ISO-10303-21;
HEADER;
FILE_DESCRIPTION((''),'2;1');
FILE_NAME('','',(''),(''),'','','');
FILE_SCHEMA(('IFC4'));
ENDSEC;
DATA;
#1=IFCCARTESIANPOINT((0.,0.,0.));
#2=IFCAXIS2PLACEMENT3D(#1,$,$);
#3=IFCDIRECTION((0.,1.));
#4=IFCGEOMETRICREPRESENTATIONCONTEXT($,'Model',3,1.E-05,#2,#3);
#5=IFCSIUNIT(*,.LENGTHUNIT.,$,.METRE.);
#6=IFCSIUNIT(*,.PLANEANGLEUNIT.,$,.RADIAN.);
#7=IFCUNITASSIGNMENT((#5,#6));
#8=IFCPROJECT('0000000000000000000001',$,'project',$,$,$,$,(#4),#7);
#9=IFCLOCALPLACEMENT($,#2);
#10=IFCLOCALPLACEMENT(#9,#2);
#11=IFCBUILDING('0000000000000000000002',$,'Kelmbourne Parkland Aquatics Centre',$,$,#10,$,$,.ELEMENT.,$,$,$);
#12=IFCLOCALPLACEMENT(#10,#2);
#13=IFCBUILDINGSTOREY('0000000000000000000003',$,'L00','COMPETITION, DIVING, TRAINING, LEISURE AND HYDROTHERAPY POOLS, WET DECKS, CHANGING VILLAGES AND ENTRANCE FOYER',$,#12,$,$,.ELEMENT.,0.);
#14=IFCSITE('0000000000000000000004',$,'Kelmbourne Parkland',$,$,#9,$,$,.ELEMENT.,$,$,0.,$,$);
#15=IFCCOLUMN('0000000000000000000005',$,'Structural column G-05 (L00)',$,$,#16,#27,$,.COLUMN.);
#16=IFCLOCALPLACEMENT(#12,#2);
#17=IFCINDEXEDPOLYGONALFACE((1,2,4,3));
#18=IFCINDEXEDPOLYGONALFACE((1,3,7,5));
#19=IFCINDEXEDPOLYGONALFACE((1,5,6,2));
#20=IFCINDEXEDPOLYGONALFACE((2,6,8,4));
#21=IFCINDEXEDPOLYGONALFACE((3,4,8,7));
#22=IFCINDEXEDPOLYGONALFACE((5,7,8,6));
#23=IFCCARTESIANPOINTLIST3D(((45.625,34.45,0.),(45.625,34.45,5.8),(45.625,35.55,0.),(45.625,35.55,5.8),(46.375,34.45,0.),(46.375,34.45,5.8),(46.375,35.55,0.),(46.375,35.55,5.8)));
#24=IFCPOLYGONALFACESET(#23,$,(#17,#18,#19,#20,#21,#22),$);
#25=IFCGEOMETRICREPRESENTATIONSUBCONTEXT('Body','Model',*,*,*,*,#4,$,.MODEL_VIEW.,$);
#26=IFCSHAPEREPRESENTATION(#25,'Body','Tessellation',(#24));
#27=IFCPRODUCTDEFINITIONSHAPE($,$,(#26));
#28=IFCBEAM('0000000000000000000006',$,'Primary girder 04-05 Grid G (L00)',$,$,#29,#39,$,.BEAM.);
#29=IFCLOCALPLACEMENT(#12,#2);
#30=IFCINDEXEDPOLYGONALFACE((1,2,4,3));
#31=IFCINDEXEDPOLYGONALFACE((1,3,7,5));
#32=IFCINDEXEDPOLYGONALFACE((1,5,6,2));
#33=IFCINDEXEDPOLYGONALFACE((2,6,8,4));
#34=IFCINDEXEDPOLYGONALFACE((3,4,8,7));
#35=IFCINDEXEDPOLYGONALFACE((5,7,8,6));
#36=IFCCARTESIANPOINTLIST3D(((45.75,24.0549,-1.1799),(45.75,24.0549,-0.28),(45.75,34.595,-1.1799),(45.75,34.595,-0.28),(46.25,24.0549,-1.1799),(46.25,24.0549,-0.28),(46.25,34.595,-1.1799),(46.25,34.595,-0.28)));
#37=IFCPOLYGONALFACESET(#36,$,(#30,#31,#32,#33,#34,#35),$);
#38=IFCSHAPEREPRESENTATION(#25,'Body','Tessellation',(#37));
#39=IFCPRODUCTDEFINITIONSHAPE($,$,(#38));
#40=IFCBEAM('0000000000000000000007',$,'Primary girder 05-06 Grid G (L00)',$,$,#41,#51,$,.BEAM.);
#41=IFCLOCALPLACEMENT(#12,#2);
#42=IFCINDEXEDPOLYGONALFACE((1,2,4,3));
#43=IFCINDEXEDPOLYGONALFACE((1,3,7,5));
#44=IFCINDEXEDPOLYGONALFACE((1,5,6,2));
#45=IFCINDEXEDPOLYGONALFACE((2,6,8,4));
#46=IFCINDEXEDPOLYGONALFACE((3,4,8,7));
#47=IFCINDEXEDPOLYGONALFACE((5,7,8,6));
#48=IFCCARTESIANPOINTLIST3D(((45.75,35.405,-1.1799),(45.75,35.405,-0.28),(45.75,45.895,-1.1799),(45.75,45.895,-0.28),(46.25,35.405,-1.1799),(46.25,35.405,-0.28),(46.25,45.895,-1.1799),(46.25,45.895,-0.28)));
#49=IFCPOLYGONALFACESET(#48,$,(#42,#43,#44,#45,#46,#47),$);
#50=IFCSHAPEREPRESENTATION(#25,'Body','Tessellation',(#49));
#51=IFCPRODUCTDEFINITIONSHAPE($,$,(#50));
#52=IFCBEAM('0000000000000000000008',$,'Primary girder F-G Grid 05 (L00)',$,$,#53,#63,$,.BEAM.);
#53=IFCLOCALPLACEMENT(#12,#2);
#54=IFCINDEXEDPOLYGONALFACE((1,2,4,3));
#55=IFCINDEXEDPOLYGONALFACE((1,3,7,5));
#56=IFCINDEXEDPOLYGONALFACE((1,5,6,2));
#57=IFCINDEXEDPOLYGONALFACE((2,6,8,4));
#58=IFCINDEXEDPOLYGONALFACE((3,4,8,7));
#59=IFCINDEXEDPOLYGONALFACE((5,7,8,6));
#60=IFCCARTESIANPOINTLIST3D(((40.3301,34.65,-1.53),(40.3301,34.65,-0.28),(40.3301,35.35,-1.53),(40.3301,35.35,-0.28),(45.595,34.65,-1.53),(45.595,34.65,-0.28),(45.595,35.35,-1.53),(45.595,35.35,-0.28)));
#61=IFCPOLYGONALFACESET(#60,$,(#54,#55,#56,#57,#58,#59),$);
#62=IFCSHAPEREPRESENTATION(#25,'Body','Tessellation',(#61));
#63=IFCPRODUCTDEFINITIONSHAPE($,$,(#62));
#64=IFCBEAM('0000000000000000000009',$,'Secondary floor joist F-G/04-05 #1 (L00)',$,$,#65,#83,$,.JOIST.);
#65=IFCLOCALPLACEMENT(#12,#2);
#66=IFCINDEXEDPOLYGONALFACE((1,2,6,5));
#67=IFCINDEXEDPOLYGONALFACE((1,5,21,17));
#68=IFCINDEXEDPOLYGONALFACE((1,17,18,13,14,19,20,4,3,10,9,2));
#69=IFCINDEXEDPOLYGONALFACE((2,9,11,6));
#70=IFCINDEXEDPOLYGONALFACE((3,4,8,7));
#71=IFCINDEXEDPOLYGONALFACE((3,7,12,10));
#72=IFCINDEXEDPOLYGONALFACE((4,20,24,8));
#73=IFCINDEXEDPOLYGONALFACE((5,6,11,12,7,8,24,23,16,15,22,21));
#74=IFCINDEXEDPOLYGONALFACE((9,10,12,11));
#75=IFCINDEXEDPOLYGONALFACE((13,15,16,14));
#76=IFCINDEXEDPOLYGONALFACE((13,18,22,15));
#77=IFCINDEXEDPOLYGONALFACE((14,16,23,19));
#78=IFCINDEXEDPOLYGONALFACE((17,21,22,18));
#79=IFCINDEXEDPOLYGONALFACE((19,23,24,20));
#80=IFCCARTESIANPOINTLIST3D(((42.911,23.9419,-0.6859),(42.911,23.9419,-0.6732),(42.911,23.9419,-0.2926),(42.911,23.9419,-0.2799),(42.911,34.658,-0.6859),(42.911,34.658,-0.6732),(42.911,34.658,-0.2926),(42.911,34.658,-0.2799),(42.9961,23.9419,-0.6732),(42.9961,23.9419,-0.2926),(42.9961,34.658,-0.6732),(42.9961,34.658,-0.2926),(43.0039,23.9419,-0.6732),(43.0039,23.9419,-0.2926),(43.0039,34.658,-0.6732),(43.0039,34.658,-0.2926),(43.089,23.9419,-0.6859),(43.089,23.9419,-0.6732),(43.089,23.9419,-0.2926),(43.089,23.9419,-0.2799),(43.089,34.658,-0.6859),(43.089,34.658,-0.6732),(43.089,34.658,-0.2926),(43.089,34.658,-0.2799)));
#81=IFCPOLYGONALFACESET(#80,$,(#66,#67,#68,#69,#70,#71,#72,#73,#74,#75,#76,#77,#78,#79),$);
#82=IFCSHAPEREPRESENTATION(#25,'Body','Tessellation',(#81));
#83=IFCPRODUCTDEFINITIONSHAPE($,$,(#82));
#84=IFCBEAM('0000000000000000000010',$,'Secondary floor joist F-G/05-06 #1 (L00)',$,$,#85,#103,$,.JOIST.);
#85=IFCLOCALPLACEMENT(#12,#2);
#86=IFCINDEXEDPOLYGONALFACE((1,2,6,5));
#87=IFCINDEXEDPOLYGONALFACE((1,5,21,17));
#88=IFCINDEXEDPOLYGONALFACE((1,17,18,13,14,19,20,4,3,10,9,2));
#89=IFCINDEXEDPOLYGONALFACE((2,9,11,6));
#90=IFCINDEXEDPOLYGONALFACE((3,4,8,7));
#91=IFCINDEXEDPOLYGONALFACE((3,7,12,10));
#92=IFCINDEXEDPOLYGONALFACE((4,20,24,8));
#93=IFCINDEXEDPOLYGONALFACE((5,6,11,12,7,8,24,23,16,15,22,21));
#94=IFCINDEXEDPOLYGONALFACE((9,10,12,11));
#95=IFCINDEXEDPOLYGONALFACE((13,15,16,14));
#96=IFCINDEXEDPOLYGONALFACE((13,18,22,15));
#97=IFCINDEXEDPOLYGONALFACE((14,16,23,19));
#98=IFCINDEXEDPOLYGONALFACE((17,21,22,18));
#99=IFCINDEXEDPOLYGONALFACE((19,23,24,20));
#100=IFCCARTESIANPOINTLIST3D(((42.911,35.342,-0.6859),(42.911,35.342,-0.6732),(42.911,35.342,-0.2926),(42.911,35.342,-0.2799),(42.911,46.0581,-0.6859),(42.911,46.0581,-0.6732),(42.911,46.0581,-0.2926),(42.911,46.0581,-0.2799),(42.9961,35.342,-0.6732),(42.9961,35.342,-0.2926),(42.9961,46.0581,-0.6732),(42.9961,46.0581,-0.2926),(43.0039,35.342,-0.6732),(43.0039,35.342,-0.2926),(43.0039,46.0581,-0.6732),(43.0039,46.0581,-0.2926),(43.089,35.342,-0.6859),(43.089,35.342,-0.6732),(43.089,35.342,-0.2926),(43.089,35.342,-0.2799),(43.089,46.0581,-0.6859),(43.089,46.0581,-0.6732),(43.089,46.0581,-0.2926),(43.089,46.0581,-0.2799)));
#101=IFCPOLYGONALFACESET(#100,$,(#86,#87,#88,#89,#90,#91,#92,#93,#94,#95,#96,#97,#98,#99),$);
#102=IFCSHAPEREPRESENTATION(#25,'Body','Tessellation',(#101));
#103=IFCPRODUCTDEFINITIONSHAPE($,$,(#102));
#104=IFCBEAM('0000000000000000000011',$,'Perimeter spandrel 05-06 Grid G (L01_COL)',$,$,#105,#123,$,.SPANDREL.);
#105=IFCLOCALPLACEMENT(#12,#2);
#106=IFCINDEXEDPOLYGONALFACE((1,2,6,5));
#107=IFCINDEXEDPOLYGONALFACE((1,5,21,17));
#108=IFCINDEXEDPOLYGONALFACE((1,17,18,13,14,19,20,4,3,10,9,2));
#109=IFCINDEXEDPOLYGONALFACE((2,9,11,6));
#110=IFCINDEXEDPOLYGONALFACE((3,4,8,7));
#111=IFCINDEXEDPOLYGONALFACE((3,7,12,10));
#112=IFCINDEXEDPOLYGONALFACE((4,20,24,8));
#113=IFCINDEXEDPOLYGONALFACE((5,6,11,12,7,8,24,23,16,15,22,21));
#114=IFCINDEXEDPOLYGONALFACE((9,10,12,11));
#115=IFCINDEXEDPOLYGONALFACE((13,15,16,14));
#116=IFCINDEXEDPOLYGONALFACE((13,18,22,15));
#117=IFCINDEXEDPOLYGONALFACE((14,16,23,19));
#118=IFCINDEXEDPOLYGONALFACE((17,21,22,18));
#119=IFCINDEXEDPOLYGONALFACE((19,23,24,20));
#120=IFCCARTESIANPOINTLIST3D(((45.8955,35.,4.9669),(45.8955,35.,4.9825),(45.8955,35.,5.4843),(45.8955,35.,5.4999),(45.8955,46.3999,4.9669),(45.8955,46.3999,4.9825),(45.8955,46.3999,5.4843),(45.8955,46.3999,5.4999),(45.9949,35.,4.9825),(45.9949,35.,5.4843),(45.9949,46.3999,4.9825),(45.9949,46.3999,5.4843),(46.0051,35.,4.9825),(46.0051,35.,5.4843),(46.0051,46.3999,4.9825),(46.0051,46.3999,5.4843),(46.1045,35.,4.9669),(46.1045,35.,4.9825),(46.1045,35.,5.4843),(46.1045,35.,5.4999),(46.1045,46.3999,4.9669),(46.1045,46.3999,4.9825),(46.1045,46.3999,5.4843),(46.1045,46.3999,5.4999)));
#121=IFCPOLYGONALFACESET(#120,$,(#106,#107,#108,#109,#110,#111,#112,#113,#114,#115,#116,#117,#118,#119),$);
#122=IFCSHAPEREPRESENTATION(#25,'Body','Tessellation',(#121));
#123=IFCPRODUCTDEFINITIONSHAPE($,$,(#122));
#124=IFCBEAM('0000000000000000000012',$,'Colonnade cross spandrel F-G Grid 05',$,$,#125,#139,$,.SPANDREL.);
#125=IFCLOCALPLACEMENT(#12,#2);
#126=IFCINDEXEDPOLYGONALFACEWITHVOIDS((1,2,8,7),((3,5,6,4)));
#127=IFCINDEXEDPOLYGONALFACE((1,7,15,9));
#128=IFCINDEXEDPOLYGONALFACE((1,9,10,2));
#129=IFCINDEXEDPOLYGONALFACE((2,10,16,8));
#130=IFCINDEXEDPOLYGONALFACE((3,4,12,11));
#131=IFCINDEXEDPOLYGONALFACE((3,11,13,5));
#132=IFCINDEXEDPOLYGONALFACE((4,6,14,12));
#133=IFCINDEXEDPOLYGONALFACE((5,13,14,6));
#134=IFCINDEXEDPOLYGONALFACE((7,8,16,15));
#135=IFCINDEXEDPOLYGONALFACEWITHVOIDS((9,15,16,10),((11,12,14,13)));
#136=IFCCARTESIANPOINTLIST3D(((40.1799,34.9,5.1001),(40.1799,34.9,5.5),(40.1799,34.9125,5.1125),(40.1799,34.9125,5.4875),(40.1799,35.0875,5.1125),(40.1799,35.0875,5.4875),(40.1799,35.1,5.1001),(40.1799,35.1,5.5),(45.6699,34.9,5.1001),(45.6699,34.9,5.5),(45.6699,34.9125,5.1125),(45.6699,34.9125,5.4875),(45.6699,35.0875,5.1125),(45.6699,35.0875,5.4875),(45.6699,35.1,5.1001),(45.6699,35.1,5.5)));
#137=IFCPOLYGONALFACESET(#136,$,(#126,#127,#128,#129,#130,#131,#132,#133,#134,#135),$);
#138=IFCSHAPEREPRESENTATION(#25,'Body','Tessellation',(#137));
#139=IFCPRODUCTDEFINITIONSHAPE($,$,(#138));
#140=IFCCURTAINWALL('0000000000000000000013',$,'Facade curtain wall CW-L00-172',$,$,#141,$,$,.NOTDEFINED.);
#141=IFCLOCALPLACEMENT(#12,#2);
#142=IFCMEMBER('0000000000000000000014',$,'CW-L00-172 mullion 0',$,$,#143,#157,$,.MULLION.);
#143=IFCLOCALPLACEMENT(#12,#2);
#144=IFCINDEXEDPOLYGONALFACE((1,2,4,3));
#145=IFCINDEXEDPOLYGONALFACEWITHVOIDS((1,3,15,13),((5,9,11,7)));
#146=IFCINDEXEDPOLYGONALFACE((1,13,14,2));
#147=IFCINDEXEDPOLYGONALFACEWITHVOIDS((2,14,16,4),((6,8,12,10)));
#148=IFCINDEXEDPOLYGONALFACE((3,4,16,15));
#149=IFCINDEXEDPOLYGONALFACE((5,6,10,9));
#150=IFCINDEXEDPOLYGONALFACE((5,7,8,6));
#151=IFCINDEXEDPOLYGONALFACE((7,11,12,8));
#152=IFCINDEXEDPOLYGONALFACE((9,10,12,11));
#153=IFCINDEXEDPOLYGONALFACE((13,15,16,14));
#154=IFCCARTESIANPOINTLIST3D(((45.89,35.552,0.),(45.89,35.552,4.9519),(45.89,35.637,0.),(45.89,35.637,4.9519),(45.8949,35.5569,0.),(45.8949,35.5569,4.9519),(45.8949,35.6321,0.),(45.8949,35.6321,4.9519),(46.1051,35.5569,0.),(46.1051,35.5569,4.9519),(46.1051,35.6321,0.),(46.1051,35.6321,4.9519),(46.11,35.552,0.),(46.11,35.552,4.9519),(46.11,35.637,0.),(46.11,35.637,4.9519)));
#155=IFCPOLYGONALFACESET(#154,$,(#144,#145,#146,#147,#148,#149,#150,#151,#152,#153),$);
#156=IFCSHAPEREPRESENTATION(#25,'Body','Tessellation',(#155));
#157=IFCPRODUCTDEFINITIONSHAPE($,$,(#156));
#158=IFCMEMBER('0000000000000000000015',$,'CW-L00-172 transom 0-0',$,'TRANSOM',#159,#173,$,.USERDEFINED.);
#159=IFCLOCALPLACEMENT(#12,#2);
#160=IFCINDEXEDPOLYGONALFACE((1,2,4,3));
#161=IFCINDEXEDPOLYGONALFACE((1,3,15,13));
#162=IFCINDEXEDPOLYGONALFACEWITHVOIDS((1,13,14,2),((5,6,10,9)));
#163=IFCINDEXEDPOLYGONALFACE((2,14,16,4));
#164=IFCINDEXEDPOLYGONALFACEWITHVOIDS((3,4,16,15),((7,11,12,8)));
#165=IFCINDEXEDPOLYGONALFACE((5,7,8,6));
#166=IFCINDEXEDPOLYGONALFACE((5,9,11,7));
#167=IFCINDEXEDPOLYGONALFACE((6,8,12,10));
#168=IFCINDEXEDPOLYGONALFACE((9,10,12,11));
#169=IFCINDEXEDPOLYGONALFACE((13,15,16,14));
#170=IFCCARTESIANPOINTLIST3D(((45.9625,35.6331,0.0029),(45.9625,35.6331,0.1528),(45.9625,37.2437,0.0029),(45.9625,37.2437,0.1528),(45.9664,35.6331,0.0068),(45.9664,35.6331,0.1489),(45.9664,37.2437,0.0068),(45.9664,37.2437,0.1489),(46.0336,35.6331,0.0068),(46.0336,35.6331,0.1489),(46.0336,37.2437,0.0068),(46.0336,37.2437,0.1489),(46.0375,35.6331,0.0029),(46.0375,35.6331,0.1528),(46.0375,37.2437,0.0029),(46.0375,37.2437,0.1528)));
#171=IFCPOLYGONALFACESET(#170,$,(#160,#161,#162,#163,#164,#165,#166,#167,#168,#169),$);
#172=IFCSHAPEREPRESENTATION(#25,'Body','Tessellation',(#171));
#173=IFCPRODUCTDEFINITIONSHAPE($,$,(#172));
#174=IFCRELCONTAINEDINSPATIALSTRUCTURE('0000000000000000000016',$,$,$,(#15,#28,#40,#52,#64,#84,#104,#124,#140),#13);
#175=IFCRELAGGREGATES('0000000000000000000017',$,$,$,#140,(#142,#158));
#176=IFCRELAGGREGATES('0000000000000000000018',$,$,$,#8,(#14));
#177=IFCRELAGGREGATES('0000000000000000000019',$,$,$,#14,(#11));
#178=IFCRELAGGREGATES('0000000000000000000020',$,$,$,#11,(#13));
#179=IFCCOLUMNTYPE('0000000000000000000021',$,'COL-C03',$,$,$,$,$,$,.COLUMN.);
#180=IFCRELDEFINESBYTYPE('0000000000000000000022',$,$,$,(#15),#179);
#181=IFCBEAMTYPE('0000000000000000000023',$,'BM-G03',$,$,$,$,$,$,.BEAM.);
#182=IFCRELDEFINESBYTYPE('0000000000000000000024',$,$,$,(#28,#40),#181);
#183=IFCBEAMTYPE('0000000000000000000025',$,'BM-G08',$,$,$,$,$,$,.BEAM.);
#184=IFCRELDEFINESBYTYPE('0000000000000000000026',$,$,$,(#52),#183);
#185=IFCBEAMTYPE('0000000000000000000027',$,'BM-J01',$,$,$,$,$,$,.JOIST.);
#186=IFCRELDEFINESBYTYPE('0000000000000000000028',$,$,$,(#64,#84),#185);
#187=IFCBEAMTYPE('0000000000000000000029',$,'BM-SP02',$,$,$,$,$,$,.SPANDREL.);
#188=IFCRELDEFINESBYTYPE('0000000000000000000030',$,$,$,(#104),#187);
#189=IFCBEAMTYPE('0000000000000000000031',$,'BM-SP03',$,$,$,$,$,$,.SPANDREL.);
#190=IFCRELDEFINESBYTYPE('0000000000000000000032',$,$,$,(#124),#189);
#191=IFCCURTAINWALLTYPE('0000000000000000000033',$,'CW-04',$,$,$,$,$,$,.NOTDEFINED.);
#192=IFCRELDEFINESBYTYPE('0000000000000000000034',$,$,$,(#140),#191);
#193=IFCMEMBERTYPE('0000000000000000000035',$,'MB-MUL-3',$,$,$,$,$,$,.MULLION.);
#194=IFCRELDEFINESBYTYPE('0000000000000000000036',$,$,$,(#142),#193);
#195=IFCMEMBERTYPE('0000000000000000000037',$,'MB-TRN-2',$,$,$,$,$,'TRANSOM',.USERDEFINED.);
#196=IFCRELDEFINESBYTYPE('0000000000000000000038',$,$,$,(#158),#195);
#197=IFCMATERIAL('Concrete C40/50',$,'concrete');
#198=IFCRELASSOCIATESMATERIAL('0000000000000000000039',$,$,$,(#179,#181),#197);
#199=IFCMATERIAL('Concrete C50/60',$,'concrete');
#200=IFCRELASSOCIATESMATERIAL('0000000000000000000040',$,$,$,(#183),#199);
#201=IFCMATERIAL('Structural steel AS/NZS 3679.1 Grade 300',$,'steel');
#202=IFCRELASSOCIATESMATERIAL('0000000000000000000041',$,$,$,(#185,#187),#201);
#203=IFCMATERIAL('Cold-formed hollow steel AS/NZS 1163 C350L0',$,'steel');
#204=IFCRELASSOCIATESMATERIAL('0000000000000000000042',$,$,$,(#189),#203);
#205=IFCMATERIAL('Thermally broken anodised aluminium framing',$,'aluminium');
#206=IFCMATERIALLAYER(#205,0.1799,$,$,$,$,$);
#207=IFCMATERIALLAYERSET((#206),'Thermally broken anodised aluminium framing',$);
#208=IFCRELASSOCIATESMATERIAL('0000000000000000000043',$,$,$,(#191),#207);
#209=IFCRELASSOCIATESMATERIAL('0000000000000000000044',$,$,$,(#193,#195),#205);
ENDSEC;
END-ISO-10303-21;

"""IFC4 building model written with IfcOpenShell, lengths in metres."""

from ifc_helpers import new_model, si_unit, direction, frame, origin, origin_2d, place, context, subcontext, project, spatial, rectangle, hollow_rectangle, i_section, extrude, material, layer, layer_set, material_profile, profile_set, type_object, element, aggregate, save


model = new_model("IFC4")

# Units and contexts
model_context = context("Model", 3, precision=1e-05, world=origin(), true_north=direction((0.0, 1.0)))
body_context = subcontext(model_context, "Body", "Model", "MODEL_VIEW")
ifc_project = project(units=[si_unit("LENGTHUNIT", "METRE"), si_unit("PLANEANGLEUNIT", "RADIAN")], contexts=[model_context])

# Site, building, storey
site_placement = place(None, origin())
site = spatial("IfcSite", under=ifc_project, at=site_placement, Name="Kelmbourne Parkland", CompositionType="ELEMENT", RefElevation=0.0)
building_placement = place(site_placement, origin())
building = spatial("IfcBuilding", under=site, at=building_placement, Name="Kelmbourne Parkland Aquatics Centre", CompositionType="ELEMENT")
storey_placement = place(building_placement, origin())
storey = spatial("IfcBuildingStorey", under=building, at=storey_placement, Name="L00", Description="COMPETITION, DIVING, TRAINING, LEISURE AND HYDROTHERAPY POOLS, WET DECKS, CHANGING VILLAGES AND ENTRANCE FOYER", CompositionType="ELEMENT", Elevation=0.0)

# Column
ifc_material_1 = material(Name="Concrete C40/50", Category="concrete")
ifc_material_profile_1 = material_profile(ifc_material_1, rectangle(XDim=0.75, YDim=1.1001, at=origin_2d()), Name="RC 750x1100")
ifc_profile_set_1 = profile_set([ifc_material_profile_1], Name="Concrete C40/50")
column_type = type_object("IfcColumnType", Name="COL-C03", PredefinedType="COLUMN", material=ifc_profile_set_1)
column_placement = place(storey_placement, frame((46.0, 35.0, 0.0), z_axis=(0.0, 0.0, 1.0), x_axis=(1.0, 0.0, 0.0)))
element("IfcColumn", 1, at=column_placement, inside=storey, type_object=column_type, Name="Structural column G-05 (L00)", PredefinedType="COLUMN", context=body_context, shape_type="SweptSolid", body=[
    extrude(rectangle(XDim=0.75, YDim=1.1001, at=origin_2d()), origin(), (0.0, 0.0, 1.0), 5.8),
])

# Beams
ifc_material_profile_2 = material_profile(ifc_material_1, rectangle(XDim=0.5, YDim=0.8999, at=origin_2d()), Name="RC 500x900")
ifc_profile_set_2 = profile_set([ifc_material_profile_2], Name="Concrete C40/50")
beam_type_1 = type_object("IfcBeamType", Name="BM-G03", PredefinedType="BEAM", material=ifc_profile_set_2)
beam_1_placement = place(storey_placement, frame((46.0, 24.0549, -0.73), z_axis=(0.0, 1.0, 0.0), x_axis=(-1.0, 0.0, 0.0)))
element("IfcBeam", 2, at=beam_1_placement, inside=storey, type_object=beam_type_1, Name="Primary girder 04-05 Grid G (L00)", PredefinedType="BEAM", context=body_context, shape_type="SweptSolid", body=[
    extrude(rectangle(XDim=0.5, YDim=0.8999, at=origin_2d()), origin(), (0.0, 0.0, 1.0), 10.54),
])
beam_2_placement = place(storey_placement, frame((46.0, 35.405, -0.73), z_axis=(0.0, 1.0, 0.0), x_axis=(-1.0, 0.0, 0.0)))
element("IfcBeam", 3, at=beam_2_placement, inside=storey, type_object=beam_type_1, Name="Primary girder 05-06 Grid G (L00)", PredefinedType="BEAM", context=body_context, shape_type="SweptSolid", body=[
    extrude(rectangle(XDim=0.5, YDim=0.8999, at=origin_2d()), origin(), (0.0, 0.0, 1.0), 10.49),
])
ifc_material_2 = material(Name="Concrete C50/60", Category="concrete")
ifc_material_profile_3 = material_profile(ifc_material_2, rectangle(XDim=0.7, YDim=1.25, at=origin_2d()), Name="RC 700x1250")
ifc_profile_set_3 = profile_set([ifc_material_profile_3], Name="Concrete C50/60")
beam_type_2 = type_object("IfcBeamType", Name="BM-G08", PredefinedType="BEAM", material=ifc_profile_set_3)
beam_3_placement = place(storey_placement, frame((40.3301, 35.0, -0.905), z_axis=(1.0, 0.0, 0.0), x_axis=(0.0, 1.0, 0.0)))
element("IfcBeam", 4, at=beam_3_placement, inside=storey, type_object=beam_type_2, Name="Primary girder F-G Grid 05 (L00)", PredefinedType="BEAM", context=body_context, shape_type="SweptSolid", body=[
    extrude(rectangle(XDim=0.7, YDim=1.25, at=origin_2d()), origin(), (0.0, 0.0, 1.0), 5.2649),
])
ifc_material_3 = material(Name="Structural steel AS/NZS 3679.1 Grade 300", Category="steel")
ifc_material_profile_4 = material_profile(ifc_material_3, i_section(OverallWidth=0.178, OverallDepth=0.406, WebThickness=0.0078, FlangeThickness=0.0127, at=origin_2d()), Name="410UB59.7")
ifc_profile_set_4 = profile_set([ifc_material_profile_4], Name="Structural steel AS/NZS 3679.1 Grade 300")
beam_type_3 = type_object("IfcBeamType", Name="BM-J01", PredefinedType="JOIST", material=ifc_profile_set_4)
for number, where, z_axis, x_axis, name in (
    (5, (43.0, 23.9419, -0.4829), (0.0, 1.0, 0.0), (-1.0, 0.0, 0.0), "Secondary floor joist F-G/04-05 #1 (L00)"),
    (6, (43.0, 35.342, -0.4829), (0.0, 1.0, 0.0), (-1.0, 0.0, 0.0), "Secondary floor joist F-G/05-06 #1 (L00)"),
):
    element("IfcBeam", number, at=place(storey_placement, frame(where, z_axis=z_axis, x_axis=x_axis)), inside=storey, type_object=beam_type_3, Name=name, PredefinedType="JOIST", context=body_context, shape_type="SweptSolid", body=[
        extrude(i_section(OverallWidth=0.178, OverallDepth=0.406, WebThickness=0.0078, FlangeThickness=0.0127, at=origin_2d()), origin(), (0.0, 0.0, 1.0), 10.7161),
    ])
ifc_material_profile_5 = material_profile(ifc_material_3, i_section(OverallWidth=0.209, OverallDepth=0.533, WebThickness=0.0103, FlangeThickness=0.0156, at=origin_2d()), Name="530UB92.4")
ifc_profile_set_5 = profile_set([ifc_material_profile_5], Name="Structural steel AS/NZS 3679.1 Grade 300")
beam_type_4 = type_object("IfcBeamType", Name="BM-SP02", PredefinedType="SPANDREL", material=ifc_profile_set_5)
beam_4_placement = place(storey_placement, frame((46.0, 35.0, 5.2334), z_axis=(0.0, 1.0, 0.0), x_axis=(-1.0, 0.0, 0.0)))
element("IfcBeam", 7, at=beam_4_placement, inside=storey, type_object=beam_type_4, Name="Perimeter spandrel 05-06 Grid G (L01_COL)", PredefinedType="SPANDREL", context=body_context, shape_type="SweptSolid", body=[
    extrude(i_section(OverallWidth=0.209, OverallDepth=0.533, WebThickness=0.0103, FlangeThickness=0.0156, at=origin_2d()), origin(), (0.0, 0.0, 1.0), 11.3999),
])
ifc_material_4 = material(Name="Cold-formed hollow steel AS/NZS 1163 C350L0", Category="steel")
ifc_material_profile_6 = material_profile(ifc_material_4, hollow_rectangle(XDim=0.2, YDim=0.3999, WallThickness=0.0125, at=origin_2d()), Name="RHS 400x200x12.5")
ifc_profile_set_6 = profile_set([ifc_material_profile_6], Name="Cold-formed hollow steel AS/NZS 1163 C350L0")
beam_type_5 = type_object("IfcBeamType", Name="BM-SP03", PredefinedType="SPANDREL", material=ifc_profile_set_6)
beam_5_placement = place(storey_placement, frame((40.1799, 35.0, 5.3), z_axis=(1.0, 0.0, 0.0), x_axis=(0.0, 1.0, 0.0)))
element("IfcBeam", 8, at=beam_5_placement, inside=storey, type_object=beam_type_5, Name="Colonnade cross spandrel F-G Grid 05", PredefinedType="SPANDREL", context=body_context, shape_type="SweptSolid", body=[
    extrude(hollow_rectangle(XDim=0.2, YDim=0.3999, WallThickness=0.0125, at=origin_2d()), origin(), (0.0, 0.0, 1.0), 5.49),
])

# Curtain wall, members
ifc_material_5 = material(Name="Thermally broken anodised aluminium framing", Category="aluminium")
ifc_layer_1 = layer(ifc_material_5, 0.1799)
ifc_layer_set_1 = layer_set([ifc_layer_1], Name="Thermally broken anodised aluminium framing")
curtain_wall_type = type_object("IfcCurtainWallType", Name="CW-04", PredefinedType="NOTDEFINED", material=ifc_layer_set_1)
curtain_wall_placement = place(storey_placement, origin())
curtain_wall = element("IfcCurtainWall", 9, at=curtain_wall_placement, inside=storey, type_object=curtain_wall_type, Name="Facade curtain wall CW-L00-172", PredefinedType="NOTDEFINED")
ifc_material_profile_7 = material_profile(ifc_material_5, hollow_rectangle(XDim=0.085, YDim=0.22, WallThickness=0.0049, at=origin_2d()), Name="CW-M 85x220")
ifc_profile_set_7 = profile_set([ifc_material_profile_7], Name="Thermally broken anodised aluminium framing")
member_type_1 = type_object("IfcMemberType", Name="MB-MUL-3", PredefinedType="MULLION", material=ifc_profile_set_7)
member_1_placement = place(storey_placement, frame((46.0, 35.5945, 0.0), z_axis=(0.0, 0.0, 1.0), x_axis=(0.0, 1.0, 0.0)))
member_1 = element("IfcMember", 10, at=member_1_placement, type_object=member_type_1, Name="CW-L00-172 mullion 0", PredefinedType="MULLION", context=body_context, shape_type="SweptSolid", body=[
    extrude(hollow_rectangle(XDim=0.085, YDim=0.22, WallThickness=0.0049, at=origin_2d()), origin(), (0.0, 0.0, 1.0), 4.9519),
])
ifc_material_profile_8 = material_profile(ifc_material_5, hollow_rectangle(XDim=0.075, YDim=0.1499, WallThickness=0.0039, at=origin_2d()), Name="CW-T 75x150")
ifc_profile_set_8 = profile_set([ifc_material_profile_8], Name="Thermally broken anodised aluminium framing")
member_type_2 = type_object("IfcMemberType", Name="MB-TRN-2", ElementType="TRANSOM", PredefinedType="USERDEFINED", material=ifc_profile_set_8)
member_2_placement = place(storey_placement, frame((46.0, 35.6331, 0.0779), z_axis=(0.0, 1.0, 0.0), x_axis=(-1.0, 0.0, 0.0)))
member_2 = element("IfcMember", 11, at=member_2_placement, type_object=member_type_2, Name="CW-L00-172 transom 0-0", ObjectType="TRANSOM", PredefinedType="USERDEFINED", context=body_context, shape_type="SweptSolid", body=[
    extrude(hollow_rectangle(XDim=0.075, YDim=0.1499, WallThickness=0.0039, at=origin_2d()), origin(), (0.0, 0.0, 1.0), 1.6106),
])
aggregate(curtain_wall, [member_1, member_2])

save(model, "model.ifc")
